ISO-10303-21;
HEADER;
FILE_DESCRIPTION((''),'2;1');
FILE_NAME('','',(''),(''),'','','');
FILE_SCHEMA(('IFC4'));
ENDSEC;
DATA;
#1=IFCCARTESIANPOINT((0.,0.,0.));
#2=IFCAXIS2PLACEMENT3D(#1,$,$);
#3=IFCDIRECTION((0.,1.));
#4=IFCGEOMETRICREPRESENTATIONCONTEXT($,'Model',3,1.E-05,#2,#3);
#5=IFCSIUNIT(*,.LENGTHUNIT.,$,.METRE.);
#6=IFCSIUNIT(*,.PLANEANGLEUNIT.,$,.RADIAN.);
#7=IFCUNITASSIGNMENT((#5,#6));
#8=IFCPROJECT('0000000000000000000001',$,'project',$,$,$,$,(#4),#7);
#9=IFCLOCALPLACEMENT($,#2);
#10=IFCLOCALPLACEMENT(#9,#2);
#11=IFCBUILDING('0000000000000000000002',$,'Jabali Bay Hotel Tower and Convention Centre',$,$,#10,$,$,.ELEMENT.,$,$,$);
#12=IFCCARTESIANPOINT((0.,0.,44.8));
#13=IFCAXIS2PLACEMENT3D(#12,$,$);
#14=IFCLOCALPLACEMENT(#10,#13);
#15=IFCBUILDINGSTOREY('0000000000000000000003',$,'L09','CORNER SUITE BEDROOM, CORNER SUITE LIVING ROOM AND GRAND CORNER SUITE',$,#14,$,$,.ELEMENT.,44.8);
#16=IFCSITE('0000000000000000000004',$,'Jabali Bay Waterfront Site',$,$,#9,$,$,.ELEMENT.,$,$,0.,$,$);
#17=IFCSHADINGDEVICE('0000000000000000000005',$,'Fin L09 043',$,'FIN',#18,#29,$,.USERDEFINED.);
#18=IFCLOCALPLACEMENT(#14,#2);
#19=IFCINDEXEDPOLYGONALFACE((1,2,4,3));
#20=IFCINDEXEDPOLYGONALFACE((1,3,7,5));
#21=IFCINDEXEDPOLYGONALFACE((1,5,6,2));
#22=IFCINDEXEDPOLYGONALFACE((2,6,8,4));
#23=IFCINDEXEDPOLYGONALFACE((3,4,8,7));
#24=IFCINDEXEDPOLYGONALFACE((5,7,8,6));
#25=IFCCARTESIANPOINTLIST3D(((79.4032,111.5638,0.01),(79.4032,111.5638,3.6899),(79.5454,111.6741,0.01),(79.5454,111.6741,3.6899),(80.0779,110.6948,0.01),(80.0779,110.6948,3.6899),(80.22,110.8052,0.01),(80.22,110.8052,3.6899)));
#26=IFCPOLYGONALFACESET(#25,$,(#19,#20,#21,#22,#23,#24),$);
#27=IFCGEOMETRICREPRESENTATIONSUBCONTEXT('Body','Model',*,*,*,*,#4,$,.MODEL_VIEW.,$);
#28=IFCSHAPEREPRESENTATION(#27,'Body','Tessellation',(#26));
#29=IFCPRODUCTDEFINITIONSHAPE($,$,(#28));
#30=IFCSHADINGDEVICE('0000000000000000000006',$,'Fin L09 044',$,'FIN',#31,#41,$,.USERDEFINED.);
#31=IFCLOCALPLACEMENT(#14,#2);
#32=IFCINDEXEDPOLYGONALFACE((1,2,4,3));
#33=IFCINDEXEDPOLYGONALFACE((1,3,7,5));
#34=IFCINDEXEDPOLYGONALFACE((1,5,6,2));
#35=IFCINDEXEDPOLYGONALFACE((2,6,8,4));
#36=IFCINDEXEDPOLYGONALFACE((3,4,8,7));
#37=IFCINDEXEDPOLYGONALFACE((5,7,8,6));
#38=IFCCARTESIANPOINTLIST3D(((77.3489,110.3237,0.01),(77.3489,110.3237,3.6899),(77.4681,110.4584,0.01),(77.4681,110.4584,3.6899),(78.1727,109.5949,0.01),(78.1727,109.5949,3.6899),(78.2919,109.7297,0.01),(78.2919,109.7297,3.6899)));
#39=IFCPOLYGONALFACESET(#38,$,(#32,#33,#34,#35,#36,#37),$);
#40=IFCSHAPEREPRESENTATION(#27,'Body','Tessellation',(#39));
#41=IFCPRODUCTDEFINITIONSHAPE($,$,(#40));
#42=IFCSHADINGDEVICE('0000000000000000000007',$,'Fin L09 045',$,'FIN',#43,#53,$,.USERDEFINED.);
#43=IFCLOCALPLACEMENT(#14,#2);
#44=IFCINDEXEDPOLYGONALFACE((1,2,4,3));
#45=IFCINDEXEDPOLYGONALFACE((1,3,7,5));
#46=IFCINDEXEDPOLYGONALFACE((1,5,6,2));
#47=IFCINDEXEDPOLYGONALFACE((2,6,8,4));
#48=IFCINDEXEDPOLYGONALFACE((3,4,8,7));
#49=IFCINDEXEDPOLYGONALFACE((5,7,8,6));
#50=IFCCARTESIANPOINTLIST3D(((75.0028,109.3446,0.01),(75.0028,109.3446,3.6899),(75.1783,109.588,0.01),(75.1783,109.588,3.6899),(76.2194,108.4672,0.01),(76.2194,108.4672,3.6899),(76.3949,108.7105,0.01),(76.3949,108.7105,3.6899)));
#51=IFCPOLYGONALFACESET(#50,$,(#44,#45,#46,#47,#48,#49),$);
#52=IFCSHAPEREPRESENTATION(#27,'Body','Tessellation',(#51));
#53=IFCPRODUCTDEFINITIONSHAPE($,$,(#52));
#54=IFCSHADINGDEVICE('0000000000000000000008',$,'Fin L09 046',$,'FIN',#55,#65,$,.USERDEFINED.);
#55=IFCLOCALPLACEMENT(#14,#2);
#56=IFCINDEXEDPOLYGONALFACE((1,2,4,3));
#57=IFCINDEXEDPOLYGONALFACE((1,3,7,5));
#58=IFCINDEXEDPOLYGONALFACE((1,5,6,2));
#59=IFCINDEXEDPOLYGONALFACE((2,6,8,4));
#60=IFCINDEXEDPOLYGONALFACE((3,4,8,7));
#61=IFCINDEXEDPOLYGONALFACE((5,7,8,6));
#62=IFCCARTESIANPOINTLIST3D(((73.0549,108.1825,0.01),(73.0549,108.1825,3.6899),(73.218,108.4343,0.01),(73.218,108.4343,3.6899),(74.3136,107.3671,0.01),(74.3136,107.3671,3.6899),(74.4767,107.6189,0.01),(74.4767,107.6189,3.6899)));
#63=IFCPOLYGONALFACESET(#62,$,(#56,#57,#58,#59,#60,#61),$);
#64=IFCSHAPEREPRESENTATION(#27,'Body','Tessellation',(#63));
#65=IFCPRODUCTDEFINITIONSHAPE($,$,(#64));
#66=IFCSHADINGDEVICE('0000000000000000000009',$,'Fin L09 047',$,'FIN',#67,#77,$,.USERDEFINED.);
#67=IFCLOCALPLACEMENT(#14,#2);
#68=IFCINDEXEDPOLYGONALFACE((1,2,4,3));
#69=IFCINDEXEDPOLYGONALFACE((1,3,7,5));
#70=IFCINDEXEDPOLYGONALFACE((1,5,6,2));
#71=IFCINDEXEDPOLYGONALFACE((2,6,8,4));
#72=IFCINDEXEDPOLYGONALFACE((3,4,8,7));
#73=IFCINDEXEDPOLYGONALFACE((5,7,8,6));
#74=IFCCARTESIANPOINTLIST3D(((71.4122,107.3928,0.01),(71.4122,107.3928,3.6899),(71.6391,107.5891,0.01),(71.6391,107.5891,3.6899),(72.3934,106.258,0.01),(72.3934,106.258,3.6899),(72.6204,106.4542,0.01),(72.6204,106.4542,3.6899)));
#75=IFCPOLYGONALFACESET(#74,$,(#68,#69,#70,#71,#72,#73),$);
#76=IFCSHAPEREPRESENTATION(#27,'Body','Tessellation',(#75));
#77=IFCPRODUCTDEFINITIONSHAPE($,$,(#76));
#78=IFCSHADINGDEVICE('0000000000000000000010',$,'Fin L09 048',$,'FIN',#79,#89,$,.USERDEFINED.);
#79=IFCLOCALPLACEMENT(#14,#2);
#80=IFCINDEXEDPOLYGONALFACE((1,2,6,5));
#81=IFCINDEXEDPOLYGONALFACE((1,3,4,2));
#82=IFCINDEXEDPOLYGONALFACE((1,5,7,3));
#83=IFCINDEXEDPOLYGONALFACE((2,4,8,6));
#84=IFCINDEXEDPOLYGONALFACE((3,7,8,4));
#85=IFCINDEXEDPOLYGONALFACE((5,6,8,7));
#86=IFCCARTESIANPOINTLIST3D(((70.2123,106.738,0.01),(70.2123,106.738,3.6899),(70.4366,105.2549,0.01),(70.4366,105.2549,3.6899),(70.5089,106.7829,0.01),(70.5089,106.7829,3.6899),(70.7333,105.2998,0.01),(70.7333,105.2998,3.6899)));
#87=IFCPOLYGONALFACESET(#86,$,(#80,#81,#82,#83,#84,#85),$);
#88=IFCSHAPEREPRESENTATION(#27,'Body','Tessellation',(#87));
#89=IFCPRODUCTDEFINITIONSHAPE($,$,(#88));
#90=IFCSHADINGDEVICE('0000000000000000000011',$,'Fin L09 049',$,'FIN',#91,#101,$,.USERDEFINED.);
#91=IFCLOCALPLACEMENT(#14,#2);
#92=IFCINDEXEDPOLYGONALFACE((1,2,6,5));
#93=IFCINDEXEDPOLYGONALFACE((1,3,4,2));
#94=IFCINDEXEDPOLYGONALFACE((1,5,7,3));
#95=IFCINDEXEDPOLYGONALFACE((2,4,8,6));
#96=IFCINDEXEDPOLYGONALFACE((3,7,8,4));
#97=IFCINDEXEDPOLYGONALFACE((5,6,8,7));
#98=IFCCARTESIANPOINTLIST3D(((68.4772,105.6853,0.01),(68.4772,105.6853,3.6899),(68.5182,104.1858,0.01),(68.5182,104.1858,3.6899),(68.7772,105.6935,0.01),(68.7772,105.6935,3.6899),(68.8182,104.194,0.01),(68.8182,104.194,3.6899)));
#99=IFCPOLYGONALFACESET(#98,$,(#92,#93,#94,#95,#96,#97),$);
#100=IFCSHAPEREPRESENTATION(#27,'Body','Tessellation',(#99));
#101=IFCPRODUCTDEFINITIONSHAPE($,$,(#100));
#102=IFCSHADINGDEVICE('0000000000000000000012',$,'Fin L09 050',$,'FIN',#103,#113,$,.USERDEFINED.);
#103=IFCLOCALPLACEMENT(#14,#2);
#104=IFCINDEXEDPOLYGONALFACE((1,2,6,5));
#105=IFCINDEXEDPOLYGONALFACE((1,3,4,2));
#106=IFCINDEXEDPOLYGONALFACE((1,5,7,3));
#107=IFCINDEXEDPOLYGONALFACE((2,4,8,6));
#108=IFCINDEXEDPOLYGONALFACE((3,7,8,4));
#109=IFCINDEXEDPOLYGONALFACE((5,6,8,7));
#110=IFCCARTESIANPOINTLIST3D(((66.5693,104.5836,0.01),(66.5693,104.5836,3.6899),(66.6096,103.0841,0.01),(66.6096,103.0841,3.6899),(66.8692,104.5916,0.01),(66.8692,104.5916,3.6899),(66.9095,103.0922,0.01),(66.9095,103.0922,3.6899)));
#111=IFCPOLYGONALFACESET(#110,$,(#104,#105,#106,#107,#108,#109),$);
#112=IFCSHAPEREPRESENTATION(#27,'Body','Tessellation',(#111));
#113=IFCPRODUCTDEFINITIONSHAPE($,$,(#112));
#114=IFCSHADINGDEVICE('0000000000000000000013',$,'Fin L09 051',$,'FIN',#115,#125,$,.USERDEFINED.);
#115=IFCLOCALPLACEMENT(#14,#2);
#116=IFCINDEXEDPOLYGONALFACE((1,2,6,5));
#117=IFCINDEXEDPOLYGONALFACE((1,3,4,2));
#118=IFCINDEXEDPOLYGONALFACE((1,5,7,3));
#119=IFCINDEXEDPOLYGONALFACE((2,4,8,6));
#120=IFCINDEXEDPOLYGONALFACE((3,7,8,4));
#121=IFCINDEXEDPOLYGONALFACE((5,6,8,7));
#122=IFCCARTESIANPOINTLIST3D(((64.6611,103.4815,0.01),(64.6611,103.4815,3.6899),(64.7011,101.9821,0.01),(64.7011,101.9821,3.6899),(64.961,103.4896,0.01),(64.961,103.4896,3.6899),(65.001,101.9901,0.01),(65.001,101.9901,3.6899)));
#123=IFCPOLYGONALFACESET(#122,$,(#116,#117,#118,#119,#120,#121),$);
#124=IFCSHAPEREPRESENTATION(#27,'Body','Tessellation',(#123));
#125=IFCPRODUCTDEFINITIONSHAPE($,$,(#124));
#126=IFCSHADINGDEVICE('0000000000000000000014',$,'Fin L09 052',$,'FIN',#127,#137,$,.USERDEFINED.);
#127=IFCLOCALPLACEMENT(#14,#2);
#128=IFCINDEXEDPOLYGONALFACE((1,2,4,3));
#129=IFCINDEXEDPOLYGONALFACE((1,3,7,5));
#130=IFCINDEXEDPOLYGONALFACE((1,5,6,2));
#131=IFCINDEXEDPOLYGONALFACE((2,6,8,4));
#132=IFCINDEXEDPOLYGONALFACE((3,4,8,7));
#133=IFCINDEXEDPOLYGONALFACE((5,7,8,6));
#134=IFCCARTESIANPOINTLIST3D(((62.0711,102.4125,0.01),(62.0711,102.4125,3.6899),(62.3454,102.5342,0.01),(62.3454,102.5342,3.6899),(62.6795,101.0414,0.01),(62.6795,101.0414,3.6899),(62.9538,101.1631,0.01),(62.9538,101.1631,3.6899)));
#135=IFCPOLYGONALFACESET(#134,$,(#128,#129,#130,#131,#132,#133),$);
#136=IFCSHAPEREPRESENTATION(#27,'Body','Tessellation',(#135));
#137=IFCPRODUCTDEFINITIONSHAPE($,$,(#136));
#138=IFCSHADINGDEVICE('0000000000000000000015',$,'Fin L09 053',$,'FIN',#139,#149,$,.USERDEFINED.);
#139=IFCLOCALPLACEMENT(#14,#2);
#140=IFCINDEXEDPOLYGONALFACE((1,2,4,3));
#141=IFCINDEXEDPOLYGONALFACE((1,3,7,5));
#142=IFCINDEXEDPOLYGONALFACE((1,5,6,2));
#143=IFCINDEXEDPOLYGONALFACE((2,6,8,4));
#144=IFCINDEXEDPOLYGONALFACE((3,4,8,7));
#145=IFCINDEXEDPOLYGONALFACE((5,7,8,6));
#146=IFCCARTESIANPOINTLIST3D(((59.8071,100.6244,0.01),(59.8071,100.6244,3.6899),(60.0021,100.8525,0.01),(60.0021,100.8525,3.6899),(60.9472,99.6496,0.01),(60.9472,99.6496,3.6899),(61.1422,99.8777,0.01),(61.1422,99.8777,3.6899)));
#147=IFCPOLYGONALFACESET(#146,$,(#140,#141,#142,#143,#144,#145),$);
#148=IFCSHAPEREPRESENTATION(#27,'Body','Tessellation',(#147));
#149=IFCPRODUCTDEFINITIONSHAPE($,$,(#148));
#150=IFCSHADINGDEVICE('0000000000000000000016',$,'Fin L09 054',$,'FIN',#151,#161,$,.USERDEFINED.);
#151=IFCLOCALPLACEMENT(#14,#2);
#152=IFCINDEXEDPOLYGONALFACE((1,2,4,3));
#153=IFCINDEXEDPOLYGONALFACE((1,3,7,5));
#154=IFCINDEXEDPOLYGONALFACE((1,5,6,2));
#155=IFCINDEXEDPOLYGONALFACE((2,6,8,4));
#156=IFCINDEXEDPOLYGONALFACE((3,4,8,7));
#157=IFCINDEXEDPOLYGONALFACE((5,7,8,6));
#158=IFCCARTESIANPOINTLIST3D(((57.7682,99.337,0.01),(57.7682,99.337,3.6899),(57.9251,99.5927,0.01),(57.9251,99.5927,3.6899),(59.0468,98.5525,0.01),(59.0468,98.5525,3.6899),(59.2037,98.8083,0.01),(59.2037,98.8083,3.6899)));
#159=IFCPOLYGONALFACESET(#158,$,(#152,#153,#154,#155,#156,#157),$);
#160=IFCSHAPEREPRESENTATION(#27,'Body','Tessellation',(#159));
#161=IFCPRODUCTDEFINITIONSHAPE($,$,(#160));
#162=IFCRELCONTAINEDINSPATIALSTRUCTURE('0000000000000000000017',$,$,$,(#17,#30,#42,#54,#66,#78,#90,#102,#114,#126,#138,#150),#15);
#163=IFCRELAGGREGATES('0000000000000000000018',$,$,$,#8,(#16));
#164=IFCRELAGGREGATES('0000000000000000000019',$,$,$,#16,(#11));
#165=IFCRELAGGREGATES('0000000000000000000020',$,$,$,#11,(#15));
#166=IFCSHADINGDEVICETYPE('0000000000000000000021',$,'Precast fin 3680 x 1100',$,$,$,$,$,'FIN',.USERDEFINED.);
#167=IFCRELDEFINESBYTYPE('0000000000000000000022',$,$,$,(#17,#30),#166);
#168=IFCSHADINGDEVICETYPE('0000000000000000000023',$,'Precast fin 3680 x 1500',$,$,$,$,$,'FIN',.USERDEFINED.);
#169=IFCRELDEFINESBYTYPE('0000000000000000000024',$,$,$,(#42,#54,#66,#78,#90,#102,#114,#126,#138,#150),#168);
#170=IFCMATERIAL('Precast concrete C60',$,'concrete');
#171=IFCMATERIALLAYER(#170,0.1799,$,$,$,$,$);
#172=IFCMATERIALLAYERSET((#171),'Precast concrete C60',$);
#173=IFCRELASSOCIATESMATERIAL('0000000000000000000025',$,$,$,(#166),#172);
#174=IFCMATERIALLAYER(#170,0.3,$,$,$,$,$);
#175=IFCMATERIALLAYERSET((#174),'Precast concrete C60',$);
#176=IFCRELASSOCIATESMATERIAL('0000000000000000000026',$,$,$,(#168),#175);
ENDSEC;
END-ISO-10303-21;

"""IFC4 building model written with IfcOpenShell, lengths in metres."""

from ifc_helpers import new_model, si_unit, direction, frame, frame_2d, origin, place, context, subcontext, project, spatial, rectangle, extrude, material, layer, layer_set, type_object, element, save


model = new_model("IFC4")

# Units and contexts
model_context = context("Model", 3, precision=1e-05, world=origin(), true_north=direction((0.0, 1.0)))
body_context = subcontext(model_context, "Body", "Model", "MODEL_VIEW")
ifc_project = project(units=[si_unit("LENGTHUNIT", "METRE"), si_unit("PLANEANGLEUNIT", "RADIAN")], contexts=[model_context])

# Site, building, storey
site_placement = place(None, origin())
site = spatial("IfcSite", under=ifc_project, at=site_placement, Name="Jabali Bay Waterfront Site", CompositionType="ELEMENT", RefElevation=0.0)
building_placement = place(site_placement, origin())
building = spatial("IfcBuilding", under=site, at=building_placement, Name="Jabali Bay Hotel Tower and Convention Centre", CompositionType="ELEMENT")
storey_placement = place(building_placement, frame((0.0, 0.0, 44.8)))
storey = spatial("IfcBuildingStorey", under=building, at=storey_placement, Name="L09", Description="CORNER SUITE BEDROOM, CORNER SUITE LIVING ROOM AND GRAND CORNER SUITE", CompositionType="ELEMENT", Elevation=44.8)

# Shading devices
ifc_material_1 = material(Name="Precast concrete C60", Category="concrete")
ifc_layer_1 = layer(ifc_material_1, 0.1799)
ifc_layer_set_1 = layer_set([ifc_layer_1], Name="Precast concrete C60")
shading_device_type_1 = type_object("IfcShadingDeviceType", Name="Precast fin 3680 x 1100", ElementType="FIN", PredefinedType="USERDEFINED", material=ifc_layer_set_1)
shading_device_1_placement = place(storey_placement, frame((80.1489, 110.75, 0.01), z_axis=(0.0, 0.0, 1.0), x_axis=(-0.613234, 0.789902, 0.0)))
element("IfcShadingDevice", 1, at=shading_device_1_placement, inside=storey, type_object=shading_device_type_1, Name="Fin L09 043", ObjectType="FIN", PredefinedType="USERDEFINED", context=body_context, shape_type="SweptSolid", body=[
    extrude(rectangle(XDim=1.1001, YDim=0.1799, at=frame_2d((0.55, 0.0))), origin(), (0.0, 0.0, 1.0), 3.6799),
])
shading_device_2_placement = place(storey_placement, frame((78.2322, 109.6624, 0.01), z_axis=(0.0, 0.0, 1.0), x_axis=(-0.748963, 0.662612, 0.0)))
element("IfcShadingDevice", 2, at=shading_device_2_placement, inside=storey, type_object=shading_device_type_1, Name="Fin L09 044", ObjectType="FIN", PredefinedType="USERDEFINED", context=body_context, shape_type="SweptSolid", body=[
    extrude(rectangle(XDim=1.0999, YDim=0.1799, at=frame_2d((0.5498, 0.0))), origin(), (0.0, 0.0, 1.0), 3.6799),
])
ifc_layer_2 = layer(ifc_material_1, 0.3)
ifc_layer_set_2 = layer_set([ifc_layer_2], Name="Precast concrete C60")
shading_device_type_2 = type_object("IfcShadingDeviceType", Name="Precast fin 3680 x 1500", ElementType="FIN", PredefinedType="USERDEFINED", material=ifc_layer_set_2)
shading_device_3_placement = place(storey_placement, frame((76.3071, 108.5889, 0.01), z_axis=(0.0, 0.0, 1.0), x_axis=(-0.811052, 0.584973, 0.0)))
element("IfcShadingDevice", 3, at=shading_device_3_placement, inside=storey, type_object=shading_device_type_2, Name="Fin L09 045", ObjectType="FIN", PredefinedType="USERDEFINED", context=body_context, shape_type="SweptSolid", body=[
    extrude(rectangle(XDim=1.5, YDim=0.3, at=frame_2d((0.75, 0.0))), origin(), (0.0, 0.0, 1.0), 3.6799),
])
shading_device_4_placement = place(storey_placement, frame((74.3953, 107.4929, 0.01), z_axis=(0.0, 0.0, 1.0), x_axis=(-0.839291, 0.543683, 0.0)))
element("IfcShadingDevice", 4, at=shading_device_4_placement, inside=storey, type_object=shading_device_type_2, Name="Fin L09 046", ObjectType="FIN", PredefinedType="USERDEFINED", context=body_context, shape_type="SweptSolid", body=[
    extrude(rectangle(XDim=1.4998, YDim=0.3, at=frame_2d((0.75, 0.0))), origin(), (0.0, 0.0, 1.0), 3.6799),
])
shading_device_5_placement = place(storey_placement, frame((72.5068, 106.3562, 0.01), z_axis=(0.0, 0.0, 1.0), x_axis=(-0.654069, 0.756435, 0.0)))
element("IfcShadingDevice", 5, at=shading_device_5_placement, inside=storey, type_object=shading_device_type_2, Name="Fin L09 047", ObjectType="FIN", PredefinedType="USERDEFINED", context=body_context, shape_type="SweptSolid", body=[
    extrude(rectangle(XDim=1.5002, YDim=0.3, at=frame_2d((0.75, 0.0))), origin(), (0.0, 0.0, 1.0), 3.6799),
])
for number, where, z_axis, x_axis, name in (
    (6, (70.585, 105.2773, 0.01), (0.0, 0.0, 1.0), (-0.149574, 0.988751, 0.0), "Fin L09 048"),
    (7, (68.6682, 104.1899, 0.01), (0.0, 0.0, 1.0), (-0.027342, 0.999626, 0.0), "Fin L09 049"),
    (8, (66.7595, 103.0881, 0.01), (0.0, 0.0, 1.0), (-0.026855, 0.999639, 0.0), "Fin L09 050"),
    (9, (64.8511, 101.9861, 0.01), (0.0, 0.0, 1.0), (-0.026692, 0.999644, 0.0), "Fin L09 051"),
    (10, (62.8167, 101.1023, 0.01), (0.0, 0.0, 1.0), (-0.405595, 0.914053, 0.0), "Fin L09 052"),
    (11, (61.0447, 99.7637, 0.01), (0.0, 0.0, 1.0), (-0.760049, 0.649866, 0.0), "Fin L09 053"),
    (12, (59.1252, 98.6804, 0.01), (0.0, 0.0, 1.0), (-0.852367, 0.522944, 0.0), "Fin L09 054"),
):
    element("IfcShadingDevice", number, at=place(storey_placement, frame(where, z_axis=z_axis, x_axis=x_axis)), inside=storey, type_object=shading_device_type_2, Name=name, ObjectType="FIN", PredefinedType="USERDEFINED", context=body_context, shape_type="SweptSolid", body=[
        extrude(rectangle(XDim=1.5, YDim=0.3, at=frame_2d((0.75, 0.0))), origin(), (0.0, 0.0, 1.0), 3.6799),
    ])

save(model, "model.ifc")
